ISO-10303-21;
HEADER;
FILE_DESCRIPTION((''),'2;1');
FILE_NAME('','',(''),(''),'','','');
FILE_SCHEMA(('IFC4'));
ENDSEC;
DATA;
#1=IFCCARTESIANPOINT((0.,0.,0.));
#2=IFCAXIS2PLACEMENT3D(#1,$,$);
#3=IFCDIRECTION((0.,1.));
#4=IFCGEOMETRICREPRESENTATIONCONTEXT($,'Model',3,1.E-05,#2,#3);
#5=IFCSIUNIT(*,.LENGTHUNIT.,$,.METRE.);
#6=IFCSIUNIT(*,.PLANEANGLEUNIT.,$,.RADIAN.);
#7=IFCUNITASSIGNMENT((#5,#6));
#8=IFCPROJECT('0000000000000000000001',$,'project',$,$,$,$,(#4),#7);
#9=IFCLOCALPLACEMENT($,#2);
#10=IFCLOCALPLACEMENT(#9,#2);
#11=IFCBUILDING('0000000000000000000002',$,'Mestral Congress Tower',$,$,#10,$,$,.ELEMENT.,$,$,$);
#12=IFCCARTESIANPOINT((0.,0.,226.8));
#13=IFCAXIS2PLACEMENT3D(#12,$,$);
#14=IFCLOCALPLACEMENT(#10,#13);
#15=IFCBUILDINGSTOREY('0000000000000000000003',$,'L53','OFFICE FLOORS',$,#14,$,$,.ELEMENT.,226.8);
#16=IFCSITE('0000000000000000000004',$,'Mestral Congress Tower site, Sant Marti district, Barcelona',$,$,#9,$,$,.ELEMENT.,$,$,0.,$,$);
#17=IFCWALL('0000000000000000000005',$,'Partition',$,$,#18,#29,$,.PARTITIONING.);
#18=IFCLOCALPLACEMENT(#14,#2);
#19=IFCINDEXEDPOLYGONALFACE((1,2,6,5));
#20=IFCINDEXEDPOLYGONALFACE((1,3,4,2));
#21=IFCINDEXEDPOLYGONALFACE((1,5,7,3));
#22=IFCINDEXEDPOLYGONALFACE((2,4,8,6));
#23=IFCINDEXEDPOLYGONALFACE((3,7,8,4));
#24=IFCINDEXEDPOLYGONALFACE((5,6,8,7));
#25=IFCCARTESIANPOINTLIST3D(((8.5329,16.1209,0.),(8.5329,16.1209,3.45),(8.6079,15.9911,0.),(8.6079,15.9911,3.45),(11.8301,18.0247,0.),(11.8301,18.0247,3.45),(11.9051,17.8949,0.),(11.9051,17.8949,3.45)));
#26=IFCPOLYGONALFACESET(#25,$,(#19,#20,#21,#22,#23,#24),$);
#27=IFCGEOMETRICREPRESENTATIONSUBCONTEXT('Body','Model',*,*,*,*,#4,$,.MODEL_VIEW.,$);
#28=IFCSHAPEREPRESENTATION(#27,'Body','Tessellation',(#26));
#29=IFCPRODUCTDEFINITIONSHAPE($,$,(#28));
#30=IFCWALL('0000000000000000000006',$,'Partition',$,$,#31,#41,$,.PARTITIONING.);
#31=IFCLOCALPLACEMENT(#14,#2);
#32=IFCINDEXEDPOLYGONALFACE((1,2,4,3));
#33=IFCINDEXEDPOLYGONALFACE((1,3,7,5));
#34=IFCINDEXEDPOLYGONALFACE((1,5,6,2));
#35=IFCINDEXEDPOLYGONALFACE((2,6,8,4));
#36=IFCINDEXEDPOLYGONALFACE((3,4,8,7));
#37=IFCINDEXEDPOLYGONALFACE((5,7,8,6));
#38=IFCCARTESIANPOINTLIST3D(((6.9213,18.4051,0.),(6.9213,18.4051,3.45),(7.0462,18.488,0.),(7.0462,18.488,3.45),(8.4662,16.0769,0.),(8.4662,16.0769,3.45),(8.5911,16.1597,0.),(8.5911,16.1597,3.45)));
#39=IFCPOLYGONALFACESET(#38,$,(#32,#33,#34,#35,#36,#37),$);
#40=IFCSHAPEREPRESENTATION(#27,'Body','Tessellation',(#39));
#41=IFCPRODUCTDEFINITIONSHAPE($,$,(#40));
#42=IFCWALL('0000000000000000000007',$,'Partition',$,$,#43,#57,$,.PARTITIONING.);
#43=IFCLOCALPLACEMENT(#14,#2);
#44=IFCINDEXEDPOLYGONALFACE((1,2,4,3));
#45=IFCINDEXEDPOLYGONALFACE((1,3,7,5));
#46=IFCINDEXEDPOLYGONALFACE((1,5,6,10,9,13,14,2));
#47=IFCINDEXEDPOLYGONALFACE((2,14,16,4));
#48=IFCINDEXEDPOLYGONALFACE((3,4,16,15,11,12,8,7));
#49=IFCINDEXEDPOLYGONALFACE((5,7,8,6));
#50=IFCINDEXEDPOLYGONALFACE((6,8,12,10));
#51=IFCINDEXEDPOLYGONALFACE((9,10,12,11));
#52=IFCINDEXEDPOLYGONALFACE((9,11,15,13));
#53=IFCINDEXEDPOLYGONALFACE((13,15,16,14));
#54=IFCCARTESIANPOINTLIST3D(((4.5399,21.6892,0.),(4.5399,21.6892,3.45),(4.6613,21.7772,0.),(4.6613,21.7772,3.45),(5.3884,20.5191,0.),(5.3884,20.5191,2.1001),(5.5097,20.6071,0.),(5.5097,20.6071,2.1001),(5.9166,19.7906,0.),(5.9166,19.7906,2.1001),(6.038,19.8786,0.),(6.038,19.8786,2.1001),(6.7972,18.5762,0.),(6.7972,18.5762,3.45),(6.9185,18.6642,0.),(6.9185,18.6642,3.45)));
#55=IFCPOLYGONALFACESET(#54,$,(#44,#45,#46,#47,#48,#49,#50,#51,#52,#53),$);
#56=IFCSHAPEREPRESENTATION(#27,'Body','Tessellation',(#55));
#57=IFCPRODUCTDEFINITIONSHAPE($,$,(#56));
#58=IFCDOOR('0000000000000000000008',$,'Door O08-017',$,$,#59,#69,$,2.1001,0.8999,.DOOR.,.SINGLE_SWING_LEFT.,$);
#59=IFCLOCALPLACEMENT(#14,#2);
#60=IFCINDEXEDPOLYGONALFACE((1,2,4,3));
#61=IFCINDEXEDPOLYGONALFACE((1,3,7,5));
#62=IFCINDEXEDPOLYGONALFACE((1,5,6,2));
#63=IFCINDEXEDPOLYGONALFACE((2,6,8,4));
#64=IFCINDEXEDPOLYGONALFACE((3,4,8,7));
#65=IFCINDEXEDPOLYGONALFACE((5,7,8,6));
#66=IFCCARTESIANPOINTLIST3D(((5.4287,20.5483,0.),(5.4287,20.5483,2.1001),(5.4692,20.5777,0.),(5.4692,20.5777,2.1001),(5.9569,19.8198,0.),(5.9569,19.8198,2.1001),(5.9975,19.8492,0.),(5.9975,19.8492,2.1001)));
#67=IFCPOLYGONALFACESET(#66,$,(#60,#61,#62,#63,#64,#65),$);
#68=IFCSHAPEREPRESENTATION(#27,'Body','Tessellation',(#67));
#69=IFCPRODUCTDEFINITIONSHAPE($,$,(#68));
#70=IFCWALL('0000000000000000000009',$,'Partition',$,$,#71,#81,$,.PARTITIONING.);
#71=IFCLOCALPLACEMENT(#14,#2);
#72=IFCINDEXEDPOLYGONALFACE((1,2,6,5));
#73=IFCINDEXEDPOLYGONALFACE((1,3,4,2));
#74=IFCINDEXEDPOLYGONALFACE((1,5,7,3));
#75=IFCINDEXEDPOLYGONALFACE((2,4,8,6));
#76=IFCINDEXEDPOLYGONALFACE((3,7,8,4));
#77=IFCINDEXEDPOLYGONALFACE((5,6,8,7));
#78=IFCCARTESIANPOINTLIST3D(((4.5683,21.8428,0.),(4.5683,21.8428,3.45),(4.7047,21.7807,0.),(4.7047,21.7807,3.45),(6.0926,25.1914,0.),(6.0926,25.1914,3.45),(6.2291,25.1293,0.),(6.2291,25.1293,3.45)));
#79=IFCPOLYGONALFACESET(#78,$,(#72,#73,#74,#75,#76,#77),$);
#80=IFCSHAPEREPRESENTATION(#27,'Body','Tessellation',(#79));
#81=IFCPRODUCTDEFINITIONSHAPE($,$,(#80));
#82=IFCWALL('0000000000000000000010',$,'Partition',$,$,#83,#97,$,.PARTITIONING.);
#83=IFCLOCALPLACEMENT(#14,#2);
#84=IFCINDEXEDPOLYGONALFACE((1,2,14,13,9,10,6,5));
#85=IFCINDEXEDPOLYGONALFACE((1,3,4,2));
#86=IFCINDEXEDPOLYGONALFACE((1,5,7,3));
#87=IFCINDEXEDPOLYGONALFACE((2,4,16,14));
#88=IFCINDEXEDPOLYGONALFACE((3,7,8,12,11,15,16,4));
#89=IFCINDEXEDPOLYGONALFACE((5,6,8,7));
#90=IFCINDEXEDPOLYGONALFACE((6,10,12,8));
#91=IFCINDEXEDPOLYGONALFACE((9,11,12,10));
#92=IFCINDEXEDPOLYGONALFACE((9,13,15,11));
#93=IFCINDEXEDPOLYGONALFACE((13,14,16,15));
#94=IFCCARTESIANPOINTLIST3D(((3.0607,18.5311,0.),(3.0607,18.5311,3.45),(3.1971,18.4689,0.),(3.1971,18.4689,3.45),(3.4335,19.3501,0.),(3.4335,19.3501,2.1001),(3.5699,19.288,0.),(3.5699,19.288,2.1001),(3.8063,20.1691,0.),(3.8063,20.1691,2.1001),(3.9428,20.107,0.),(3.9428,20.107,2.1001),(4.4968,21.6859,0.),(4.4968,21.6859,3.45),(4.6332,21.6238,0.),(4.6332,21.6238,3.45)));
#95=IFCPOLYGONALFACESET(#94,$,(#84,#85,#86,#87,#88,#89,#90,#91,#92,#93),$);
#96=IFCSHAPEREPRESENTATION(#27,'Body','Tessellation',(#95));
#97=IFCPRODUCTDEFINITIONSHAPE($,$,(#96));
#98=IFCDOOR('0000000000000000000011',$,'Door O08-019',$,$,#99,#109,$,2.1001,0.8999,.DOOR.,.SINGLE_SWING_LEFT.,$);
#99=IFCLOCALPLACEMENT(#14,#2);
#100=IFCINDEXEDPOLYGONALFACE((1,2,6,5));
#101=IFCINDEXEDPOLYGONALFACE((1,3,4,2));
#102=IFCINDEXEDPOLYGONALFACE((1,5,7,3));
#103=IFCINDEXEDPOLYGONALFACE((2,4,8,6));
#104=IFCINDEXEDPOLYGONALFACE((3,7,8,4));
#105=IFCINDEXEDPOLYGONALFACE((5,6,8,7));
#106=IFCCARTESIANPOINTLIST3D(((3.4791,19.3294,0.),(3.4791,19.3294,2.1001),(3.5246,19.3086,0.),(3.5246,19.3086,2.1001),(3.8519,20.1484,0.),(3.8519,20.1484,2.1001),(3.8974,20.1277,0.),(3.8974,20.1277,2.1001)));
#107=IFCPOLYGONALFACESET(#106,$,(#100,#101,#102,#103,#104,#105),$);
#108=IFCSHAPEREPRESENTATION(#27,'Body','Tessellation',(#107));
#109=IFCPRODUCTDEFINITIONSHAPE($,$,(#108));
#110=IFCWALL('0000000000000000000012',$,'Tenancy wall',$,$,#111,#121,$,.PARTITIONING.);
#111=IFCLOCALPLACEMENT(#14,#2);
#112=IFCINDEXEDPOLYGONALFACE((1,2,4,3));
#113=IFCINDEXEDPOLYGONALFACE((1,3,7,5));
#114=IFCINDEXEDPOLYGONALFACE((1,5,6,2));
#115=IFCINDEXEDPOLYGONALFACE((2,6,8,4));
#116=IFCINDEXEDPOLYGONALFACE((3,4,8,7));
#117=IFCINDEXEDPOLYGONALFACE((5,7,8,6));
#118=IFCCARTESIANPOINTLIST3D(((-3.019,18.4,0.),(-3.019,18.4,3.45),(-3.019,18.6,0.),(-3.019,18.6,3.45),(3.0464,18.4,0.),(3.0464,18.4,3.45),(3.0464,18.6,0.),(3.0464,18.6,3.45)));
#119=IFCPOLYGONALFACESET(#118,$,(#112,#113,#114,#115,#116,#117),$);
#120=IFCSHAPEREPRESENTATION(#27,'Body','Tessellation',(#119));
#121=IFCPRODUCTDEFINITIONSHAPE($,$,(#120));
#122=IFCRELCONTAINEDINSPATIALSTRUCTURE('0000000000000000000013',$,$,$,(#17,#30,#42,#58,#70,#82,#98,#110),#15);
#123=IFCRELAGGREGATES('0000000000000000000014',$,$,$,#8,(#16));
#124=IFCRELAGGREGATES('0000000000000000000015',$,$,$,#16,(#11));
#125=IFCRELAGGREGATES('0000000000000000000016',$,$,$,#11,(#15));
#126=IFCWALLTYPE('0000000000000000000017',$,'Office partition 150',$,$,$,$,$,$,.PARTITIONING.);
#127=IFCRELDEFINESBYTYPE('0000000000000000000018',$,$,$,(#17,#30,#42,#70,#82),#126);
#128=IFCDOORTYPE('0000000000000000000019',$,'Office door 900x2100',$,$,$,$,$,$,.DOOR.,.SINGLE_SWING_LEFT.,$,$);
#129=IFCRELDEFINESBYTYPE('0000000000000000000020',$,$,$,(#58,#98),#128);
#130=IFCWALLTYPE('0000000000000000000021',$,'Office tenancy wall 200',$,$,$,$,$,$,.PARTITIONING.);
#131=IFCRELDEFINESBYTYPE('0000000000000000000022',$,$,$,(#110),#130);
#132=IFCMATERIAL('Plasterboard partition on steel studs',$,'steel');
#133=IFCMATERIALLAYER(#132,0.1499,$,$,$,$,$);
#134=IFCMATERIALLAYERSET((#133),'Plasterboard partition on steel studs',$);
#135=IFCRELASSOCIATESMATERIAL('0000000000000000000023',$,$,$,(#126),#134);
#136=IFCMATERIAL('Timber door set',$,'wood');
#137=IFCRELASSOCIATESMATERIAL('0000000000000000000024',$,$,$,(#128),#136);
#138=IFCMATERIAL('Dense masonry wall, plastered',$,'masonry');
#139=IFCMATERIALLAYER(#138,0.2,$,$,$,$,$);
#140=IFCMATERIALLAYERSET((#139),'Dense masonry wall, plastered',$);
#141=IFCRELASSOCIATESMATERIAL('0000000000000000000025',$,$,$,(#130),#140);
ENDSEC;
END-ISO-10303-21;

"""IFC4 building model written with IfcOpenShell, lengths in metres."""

from ifc_helpers import new_model, si_unit, direction, frame, frame_2d, origin, place, context, subcontext, project, spatial, rectangle, extrude, material, layer, layer_set, type_object, element, fill, save


model = new_model("IFC4")

# Units and contexts
model_context = context("Model", 3, precision=1e-05, world=origin(), true_north=direction((0.0, 1.0)))
body_context = subcontext(model_context, "Body", "Model", "MODEL_VIEW")
ifc_project = project(units=[si_unit("LENGTHUNIT", "METRE"), si_unit("PLANEANGLEUNIT", "RADIAN")], contexts=[model_context])

# Site, building, storey
site_placement = place(None, origin())
site = spatial("IfcSite", under=ifc_project, at=site_placement, Name="Mestral Congress Tower site, Sant Marti district, Barcelona", CompositionType="ELEMENT", RefElevation=0.0)
building_placement = place(site_placement, origin())
building = spatial("IfcBuilding", under=site, at=building_placement, Name="Mestral Congress Tower", CompositionType="ELEMENT")
storey_placement = place(building_placement, frame((0.0, 0.0, 226.8)))
storey = spatial("IfcBuildingStorey", under=building, at=storey_placement, Name="L53", Description="OFFICE FLOORS", CompositionType="ELEMENT", Elevation=226.8)

# Walls
ifc_material_1 = material(Name="Plasterboard partition on steel studs", Category="steel")
ifc_layer_1 = layer(ifc_material_1, 0.1499)
ifc_layer_set_1 = layer_set([ifc_layer_1], Name="Plasterboard partition on steel studs")
wall_type_1 = type_object("IfcWallType", Name="Office partition 150", PredefinedType="PARTITIONING", material=ifc_layer_set_1)
wall_1_placement = place(storey_placement, frame((8.5703, 16.0559, 0.0), z_axis=(0.0, 0.0, 1.0), x_axis=(0.866001, 0.500043, 0.0)))
element("IfcWall", 1, at=wall_1_placement, inside=storey, type_object=wall_type_1, Name="Partition", PredefinedType="PARTITIONING", context=body_context, shape_type="SweptSolid", body=[
    extrude(rectangle(XDim=3.8074, YDim=0.1499, at=frame_2d((1.9038, 0.0))), origin(), (0.0, 0.0, 1.0), 3.45),
])
wall_2_placement = place(storey_placement, frame((8.5286, 16.1184, 0.0), z_axis=(0.0, 0.0, 1.0), x_axis=(-0.552884, 0.833258, 0.0)))
element("IfcWall", 2, at=wall_2_placement, inside=storey, type_object=wall_type_1, Name="Partition", PredefinedType="PARTITIONING", context=body_context, shape_type="SweptSolid", body=[
    extrude(rectangle(XDim=2.7942, YDim=0.1499, at=frame_2d((1.397, 0.0))), origin(), (0.0, 0.0, 1.0), 3.45),
])

# Wall, opening, door
wall_3_placement = place(storey_placement, frame((4.6006, 21.7332, 0.0), z_axis=(0.0, 0.0, 1.0), x_axis=(0.587031, -0.809564, 0.0)))
wall_3 = element("IfcWall", 3, at=wall_3_placement, inside=storey, type_object=wall_type_1, Name="Partition", PredefinedType="PARTITIONING", context=body_context, shape_type="SweptSolid", body=[
    extrude(rectangle(XDim=3.8452, YDim=0.1499, at=frame_2d((1.9226, 0.0))), origin(), (0.0, 0.0, 1.0), 3.45),
])
opening_1_placement = place(wall_3_placement, frame((1.4453, 0.0, 0.0)))
opening_1 = element("IfcOpeningElement", 4, at=opening_1_placement, cuts=wall_3, PredefinedType="OPENING", context=body_context, shape_type="SweptSolid", body=[
    extrude(rectangle(XDim=0.8999, YDim=2.1001, at=frame_2d((0.45, 1.05))), frame((0.0, 0.085, 0.0), z_axis=(0.0, -1.0, 0.0), x_axis=(1.0, 0.0, 0.0)), (0.0, 0.0, 1.0), 0.1699),
])
ifc_material_2 = material(Name="Timber door set", Category="wood")
door_type = type_object("IfcDoorType", Name="Office door 900x2100", OperationType="SINGLE_SWING_LEFT", PredefinedType="DOOR", material=ifc_material_2)
door_1_placement = place(opening_1_placement, origin())
door_1 = element("IfcDoor", 5, at=door_1_placement, inside=storey, type_object=door_type, Name="Door O08-017", OperationType="SINGLE_SWING_LEFT", OverallHeight=2.1001, OverallWidth=0.8999, PredefinedType="DOOR", context=body_context, shape_type="SweptSolid", body=[
    extrude(rectangle(XDim=0.8999, YDim=2.1001, at=frame_2d((0.45, 1.05))), frame((0.0, 0.0249, 0.0), z_axis=(0.0, -1.0, 0.0), x_axis=(1.0, 0.0, 0.0)), (0.0, 0.0, 1.0), 0.05),
])
fill(opening_1, door_1)

# Wall
wall_4_placement = place(storey_placement, frame((4.6365, 21.8118, 0.0), z_axis=(0.0, 0.0, 1.0), x_axis=(0.414323, 0.91013, 0.0)))
element("IfcWall", 6, at=wall_4_placement, inside=storey, type_object=wall_type_1, Name="Partition", PredefinedType="PARTITIONING", context=body_context, shape_type="SweptSolid", body=[
    extrude(rectangle(XDim=3.6792, YDim=0.1499, at=frame_2d((1.8396, 0.0))), origin(), (0.0, 0.0, 1.0), 3.45),
])

# Wall, opening, door
wall_5_placement = place(storey_placement, frame((3.1289, 18.5, 0.0), z_axis=(0.0, 0.0, 1.0), x_axis=(0.414291, 0.910144, 0.0)))
wall_5 = element("IfcWall", 7, at=wall_5_placement, inside=storey, type_object=wall_type_1, Name="Partition", PredefinedType="PARTITIONING", context=body_context, shape_type="SweptSolid", body=[
    extrude(rectangle(XDim=3.4663, YDim=0.1499, at=frame_2d((1.7332, 0.0))), origin(), (0.0, 0.0, 1.0), 3.45),
])
opening_2_placement = place(wall_5_placement, frame((0.8999, 0.0, 0.0)))
opening_2 = element("IfcOpeningElement", 8, at=opening_2_placement, cuts=wall_5, PredefinedType="OPENING", context=body_context, shape_type="SweptSolid", body=[
    extrude(rectangle(XDim=0.8999, YDim=2.1001, at=frame_2d((0.45, 1.05))), frame((0.0, 0.085, 0.0), z_axis=(0.0, -1.0, 0.0), x_axis=(1.0, 0.0, 0.0)), (0.0, 0.0, 1.0), 0.1699),
])
door_2_placement = place(opening_2_placement, origin())
door_2 = element("IfcDoor", 9, at=door_2_placement, inside=storey, type_object=door_type, Name="Door O08-019", OperationType="SINGLE_SWING_LEFT", OverallHeight=2.1001, OverallWidth=0.8999, PredefinedType="DOOR", context=body_context, shape_type="SweptSolid", body=[
    extrude(rectangle(XDim=0.8999, YDim=2.1001, at=frame_2d((0.45, 1.05))), frame((0.0, 0.0249, 0.0), z_axis=(0.0, -1.0, 0.0), x_axis=(1.0, 0.0, 0.0)), (0.0, 0.0, 1.0), 0.05),
])
fill(opening_2, door_2)

# Wall
ifc_material_3 = material(Name="Dense masonry wall, plastered", Category="masonry")
ifc_layer_2 = layer(ifc_material_3, 0.2)
ifc_layer_set_2 = layer_set([ifc_layer_2], Name="Dense masonry wall, plastered")
wall_type_2 = type_object("IfcWallType", Name="Office tenancy wall 200", PredefinedType="PARTITIONING", material=ifc_layer_set_2)
wall_6_placement = place(storey_placement, frame((3.0464, 18.5, 0.0), z_axis=(0.0, 0.0, 1.0), x_axis=(-1.0, 0.0, 0.0)))
element("IfcWall", 10, at=wall_6_placement, inside=storey, type_object=wall_type_2, Name="Tenancy wall", PredefinedType="PARTITIONING", context=body_context, shape_type="SweptSolid", body=[
    extrude(rectangle(XDim=6.0654, YDim=0.2, at=frame_2d((3.0327, 0.0))), origin(), (0.0, 0.0, 1.0), 3.45),
])

save(model, "model.ifc")
